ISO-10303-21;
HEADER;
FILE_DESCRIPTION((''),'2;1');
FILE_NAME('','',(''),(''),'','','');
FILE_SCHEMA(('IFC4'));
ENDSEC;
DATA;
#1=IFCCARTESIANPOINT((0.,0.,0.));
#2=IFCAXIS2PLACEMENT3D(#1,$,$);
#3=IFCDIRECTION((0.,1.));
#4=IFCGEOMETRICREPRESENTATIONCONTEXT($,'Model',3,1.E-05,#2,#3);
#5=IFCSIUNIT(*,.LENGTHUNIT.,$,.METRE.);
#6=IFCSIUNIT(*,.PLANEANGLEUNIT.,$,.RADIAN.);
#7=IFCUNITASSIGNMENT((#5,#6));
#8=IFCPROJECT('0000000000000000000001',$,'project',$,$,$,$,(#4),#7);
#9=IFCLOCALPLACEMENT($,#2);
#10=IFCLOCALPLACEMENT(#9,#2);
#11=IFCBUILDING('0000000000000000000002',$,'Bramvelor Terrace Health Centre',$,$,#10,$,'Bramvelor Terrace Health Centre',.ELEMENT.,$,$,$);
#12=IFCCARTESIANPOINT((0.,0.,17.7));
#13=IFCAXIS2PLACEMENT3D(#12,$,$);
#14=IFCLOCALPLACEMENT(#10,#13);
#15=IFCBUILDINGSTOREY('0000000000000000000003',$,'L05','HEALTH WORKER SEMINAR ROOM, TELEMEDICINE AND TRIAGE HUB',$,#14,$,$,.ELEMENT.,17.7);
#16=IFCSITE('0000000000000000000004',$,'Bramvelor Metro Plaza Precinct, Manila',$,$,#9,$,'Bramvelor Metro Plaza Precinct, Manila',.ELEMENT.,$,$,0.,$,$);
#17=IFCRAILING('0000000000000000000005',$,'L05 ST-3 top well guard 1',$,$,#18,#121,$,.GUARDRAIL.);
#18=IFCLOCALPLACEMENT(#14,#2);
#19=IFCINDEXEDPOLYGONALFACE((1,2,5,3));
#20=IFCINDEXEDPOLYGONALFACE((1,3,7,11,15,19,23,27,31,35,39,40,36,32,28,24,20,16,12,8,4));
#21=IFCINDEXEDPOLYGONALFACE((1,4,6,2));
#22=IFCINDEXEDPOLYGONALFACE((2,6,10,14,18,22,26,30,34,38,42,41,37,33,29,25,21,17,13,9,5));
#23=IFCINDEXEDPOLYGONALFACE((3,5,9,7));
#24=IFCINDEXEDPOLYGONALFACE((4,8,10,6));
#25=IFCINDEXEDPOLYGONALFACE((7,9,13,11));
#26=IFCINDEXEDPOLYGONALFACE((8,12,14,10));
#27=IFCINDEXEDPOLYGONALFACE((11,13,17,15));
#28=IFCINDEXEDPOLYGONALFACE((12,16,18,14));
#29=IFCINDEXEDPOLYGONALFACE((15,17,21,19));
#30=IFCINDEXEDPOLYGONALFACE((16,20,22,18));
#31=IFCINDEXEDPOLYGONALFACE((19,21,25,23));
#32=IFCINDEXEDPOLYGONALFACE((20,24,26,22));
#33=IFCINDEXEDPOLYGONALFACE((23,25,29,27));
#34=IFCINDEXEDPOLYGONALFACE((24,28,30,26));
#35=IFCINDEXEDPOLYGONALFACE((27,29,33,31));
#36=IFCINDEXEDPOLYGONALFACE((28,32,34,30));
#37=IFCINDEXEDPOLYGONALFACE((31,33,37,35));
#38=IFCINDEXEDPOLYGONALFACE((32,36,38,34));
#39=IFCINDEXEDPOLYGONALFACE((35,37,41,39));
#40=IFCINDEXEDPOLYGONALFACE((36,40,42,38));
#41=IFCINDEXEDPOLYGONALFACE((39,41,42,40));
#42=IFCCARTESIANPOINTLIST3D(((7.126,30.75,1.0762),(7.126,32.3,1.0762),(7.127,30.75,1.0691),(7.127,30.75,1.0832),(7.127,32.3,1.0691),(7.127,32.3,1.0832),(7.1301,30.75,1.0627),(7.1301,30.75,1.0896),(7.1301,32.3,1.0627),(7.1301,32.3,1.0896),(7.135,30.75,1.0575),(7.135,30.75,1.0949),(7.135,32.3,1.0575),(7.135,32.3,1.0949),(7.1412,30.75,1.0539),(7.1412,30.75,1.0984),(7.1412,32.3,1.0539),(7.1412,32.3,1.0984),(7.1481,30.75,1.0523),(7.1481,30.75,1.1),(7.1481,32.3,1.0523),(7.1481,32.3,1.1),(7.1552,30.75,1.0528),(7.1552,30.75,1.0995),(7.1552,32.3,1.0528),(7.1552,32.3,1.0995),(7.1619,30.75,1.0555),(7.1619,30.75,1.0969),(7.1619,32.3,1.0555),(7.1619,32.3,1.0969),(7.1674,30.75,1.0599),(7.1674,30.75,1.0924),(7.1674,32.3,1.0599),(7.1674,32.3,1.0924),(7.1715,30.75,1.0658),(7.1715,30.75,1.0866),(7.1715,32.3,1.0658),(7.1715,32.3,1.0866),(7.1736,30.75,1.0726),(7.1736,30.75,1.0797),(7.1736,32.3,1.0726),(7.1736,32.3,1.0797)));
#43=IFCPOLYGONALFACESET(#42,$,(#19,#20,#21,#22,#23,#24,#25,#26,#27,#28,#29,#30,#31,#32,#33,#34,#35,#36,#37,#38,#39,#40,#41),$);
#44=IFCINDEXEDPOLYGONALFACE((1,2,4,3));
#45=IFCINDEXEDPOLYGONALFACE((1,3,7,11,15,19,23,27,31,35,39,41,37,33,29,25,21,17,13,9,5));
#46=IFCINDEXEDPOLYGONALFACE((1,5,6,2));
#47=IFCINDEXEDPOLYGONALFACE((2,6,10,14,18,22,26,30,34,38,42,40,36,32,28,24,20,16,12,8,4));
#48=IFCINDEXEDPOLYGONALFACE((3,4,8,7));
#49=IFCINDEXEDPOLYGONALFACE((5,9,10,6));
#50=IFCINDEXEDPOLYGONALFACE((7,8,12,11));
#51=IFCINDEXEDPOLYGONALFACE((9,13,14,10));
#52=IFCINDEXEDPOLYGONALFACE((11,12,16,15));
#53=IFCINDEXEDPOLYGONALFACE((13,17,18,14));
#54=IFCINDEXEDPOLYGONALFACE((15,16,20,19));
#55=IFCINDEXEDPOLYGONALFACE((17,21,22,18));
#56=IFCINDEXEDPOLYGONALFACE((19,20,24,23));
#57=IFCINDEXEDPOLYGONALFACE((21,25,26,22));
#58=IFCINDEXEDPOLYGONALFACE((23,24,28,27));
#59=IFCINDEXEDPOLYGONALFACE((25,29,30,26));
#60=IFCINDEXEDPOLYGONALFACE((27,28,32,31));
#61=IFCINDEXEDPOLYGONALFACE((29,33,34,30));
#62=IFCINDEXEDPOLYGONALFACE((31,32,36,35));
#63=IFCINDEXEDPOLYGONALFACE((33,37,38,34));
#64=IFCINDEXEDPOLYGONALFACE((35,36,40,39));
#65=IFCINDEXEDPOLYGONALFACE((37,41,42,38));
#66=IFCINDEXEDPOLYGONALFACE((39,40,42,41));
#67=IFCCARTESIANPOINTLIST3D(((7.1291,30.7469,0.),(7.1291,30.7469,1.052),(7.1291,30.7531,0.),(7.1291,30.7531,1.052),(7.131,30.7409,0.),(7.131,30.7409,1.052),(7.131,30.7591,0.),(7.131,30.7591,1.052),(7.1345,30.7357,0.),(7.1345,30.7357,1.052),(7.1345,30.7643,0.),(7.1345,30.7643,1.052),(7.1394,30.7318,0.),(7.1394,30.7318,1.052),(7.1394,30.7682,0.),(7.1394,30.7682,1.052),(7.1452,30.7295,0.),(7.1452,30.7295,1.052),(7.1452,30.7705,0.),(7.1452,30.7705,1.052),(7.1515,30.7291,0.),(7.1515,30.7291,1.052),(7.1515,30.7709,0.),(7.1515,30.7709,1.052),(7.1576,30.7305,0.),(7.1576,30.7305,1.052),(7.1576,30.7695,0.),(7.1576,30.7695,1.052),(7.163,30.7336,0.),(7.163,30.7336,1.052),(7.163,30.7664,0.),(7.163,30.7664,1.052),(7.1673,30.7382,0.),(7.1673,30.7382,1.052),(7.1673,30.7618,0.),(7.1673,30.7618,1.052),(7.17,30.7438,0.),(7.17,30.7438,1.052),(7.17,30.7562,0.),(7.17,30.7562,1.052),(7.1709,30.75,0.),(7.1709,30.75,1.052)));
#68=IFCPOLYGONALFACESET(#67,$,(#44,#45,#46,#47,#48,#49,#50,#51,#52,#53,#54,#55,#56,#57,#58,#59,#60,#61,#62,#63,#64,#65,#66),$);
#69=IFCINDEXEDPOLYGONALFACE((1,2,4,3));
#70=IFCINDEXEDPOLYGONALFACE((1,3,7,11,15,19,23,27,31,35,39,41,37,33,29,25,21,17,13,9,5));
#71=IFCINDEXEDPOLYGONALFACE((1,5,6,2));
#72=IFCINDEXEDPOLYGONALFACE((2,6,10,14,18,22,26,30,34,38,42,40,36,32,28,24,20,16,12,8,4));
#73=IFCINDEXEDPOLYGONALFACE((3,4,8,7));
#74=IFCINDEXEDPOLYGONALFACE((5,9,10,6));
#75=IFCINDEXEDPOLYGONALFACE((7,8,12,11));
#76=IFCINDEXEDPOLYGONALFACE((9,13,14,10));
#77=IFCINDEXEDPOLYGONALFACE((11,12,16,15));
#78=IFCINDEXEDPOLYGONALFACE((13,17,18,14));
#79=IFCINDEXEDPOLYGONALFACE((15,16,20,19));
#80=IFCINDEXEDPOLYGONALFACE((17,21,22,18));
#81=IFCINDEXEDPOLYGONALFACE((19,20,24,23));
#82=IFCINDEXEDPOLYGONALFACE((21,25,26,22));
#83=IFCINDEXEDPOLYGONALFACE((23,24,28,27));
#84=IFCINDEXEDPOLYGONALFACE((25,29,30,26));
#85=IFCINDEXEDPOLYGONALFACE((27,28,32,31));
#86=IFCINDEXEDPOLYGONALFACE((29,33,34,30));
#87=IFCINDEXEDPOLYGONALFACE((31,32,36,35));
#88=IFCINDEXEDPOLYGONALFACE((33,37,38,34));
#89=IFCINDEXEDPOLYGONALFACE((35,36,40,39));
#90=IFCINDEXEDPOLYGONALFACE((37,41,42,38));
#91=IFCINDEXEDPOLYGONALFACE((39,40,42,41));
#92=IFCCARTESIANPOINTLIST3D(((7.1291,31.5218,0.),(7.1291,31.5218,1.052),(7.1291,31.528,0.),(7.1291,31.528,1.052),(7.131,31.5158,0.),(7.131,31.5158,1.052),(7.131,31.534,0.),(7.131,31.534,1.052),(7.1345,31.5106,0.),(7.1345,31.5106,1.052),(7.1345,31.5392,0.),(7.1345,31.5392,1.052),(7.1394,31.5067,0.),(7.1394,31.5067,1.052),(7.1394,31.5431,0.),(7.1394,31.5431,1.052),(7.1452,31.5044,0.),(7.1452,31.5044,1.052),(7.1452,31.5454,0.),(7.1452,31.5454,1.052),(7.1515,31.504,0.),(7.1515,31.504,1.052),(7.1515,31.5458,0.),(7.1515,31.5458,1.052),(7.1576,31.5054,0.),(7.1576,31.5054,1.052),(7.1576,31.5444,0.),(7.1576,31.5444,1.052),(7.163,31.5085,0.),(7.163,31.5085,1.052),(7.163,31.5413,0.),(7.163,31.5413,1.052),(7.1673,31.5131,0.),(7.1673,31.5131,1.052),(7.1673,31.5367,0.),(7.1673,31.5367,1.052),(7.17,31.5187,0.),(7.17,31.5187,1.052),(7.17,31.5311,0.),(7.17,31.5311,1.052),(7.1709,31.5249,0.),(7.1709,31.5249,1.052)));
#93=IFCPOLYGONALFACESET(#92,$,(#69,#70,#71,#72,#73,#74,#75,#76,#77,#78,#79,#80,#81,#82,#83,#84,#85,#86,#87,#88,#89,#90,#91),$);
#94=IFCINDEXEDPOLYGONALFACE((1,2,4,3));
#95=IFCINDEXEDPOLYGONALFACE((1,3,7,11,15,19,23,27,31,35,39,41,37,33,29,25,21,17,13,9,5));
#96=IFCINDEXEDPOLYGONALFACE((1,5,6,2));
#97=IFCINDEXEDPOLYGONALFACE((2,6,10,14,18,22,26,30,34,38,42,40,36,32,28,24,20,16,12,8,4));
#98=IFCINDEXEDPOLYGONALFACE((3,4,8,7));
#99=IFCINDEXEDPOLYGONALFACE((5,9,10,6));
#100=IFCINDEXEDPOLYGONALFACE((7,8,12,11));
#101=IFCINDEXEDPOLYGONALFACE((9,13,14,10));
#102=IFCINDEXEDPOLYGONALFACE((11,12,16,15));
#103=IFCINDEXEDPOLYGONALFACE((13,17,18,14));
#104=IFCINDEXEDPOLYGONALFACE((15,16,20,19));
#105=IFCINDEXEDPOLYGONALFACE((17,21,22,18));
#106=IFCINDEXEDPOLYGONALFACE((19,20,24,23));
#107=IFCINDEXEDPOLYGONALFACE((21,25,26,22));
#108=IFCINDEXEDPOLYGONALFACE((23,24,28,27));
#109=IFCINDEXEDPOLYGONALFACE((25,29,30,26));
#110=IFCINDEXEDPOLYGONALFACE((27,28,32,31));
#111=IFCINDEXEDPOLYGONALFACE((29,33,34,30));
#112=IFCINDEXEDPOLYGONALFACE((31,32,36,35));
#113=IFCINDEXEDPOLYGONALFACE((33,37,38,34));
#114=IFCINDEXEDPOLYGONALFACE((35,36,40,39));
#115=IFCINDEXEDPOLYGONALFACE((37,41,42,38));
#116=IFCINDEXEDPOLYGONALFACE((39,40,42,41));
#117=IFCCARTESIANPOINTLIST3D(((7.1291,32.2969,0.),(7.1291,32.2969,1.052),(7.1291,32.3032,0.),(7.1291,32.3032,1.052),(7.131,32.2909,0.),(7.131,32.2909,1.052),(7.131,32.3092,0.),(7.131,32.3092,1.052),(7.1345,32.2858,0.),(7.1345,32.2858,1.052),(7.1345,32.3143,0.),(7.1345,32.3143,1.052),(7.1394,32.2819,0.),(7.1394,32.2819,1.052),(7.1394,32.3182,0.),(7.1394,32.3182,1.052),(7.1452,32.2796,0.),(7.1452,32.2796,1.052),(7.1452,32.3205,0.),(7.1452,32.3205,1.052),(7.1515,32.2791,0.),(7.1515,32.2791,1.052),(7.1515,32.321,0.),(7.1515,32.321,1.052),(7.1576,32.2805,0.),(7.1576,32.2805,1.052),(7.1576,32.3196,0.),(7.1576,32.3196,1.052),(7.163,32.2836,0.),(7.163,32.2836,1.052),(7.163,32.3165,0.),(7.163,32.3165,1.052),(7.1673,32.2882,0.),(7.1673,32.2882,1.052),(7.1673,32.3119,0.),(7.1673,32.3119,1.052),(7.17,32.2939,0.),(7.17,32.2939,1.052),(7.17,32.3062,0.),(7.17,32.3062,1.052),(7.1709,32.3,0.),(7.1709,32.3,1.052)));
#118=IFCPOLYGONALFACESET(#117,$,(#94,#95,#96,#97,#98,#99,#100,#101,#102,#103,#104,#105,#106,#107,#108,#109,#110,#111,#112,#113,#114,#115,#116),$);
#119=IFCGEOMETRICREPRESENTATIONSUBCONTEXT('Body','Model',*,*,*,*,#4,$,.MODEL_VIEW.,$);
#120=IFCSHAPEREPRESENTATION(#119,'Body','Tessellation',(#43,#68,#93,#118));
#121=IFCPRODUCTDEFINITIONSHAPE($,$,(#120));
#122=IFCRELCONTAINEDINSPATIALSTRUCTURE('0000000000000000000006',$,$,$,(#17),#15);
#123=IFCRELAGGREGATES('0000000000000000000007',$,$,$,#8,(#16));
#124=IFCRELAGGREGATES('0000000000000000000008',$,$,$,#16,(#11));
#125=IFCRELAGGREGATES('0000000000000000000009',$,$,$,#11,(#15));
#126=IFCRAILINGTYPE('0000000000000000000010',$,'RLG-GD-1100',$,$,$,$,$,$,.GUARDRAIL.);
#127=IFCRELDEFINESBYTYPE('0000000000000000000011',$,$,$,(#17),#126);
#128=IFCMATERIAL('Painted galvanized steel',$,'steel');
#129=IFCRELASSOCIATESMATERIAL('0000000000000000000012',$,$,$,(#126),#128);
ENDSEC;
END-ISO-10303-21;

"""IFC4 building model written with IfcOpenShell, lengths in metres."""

from ifc_helpers import new_model, si_unit, direction, frame, origin, origin_2d, place, context, subcontext, project, spatial, circle, extrude, material, type_object, element, save


model = new_model("IFC4")

# Units and contexts
model_context = context("Model", 3, precision=1e-05, world=origin(), true_north=direction((0.0, 1.0)))
body_context = subcontext(model_context, "Body", "Model", "MODEL_VIEW")
ifc_project = project(units=[si_unit("LENGTHUNIT", "METRE"), si_unit("PLANEANGLEUNIT", "RADIAN")], contexts=[model_context])

# Site, building, storey
site_placement = place(None, origin())
site = spatial("IfcSite", under=ifc_project, at=site_placement, Name="Bramvelor Metro Plaza Precinct, Manila", LongName="Bramvelor Metro Plaza Precinct, Manila", CompositionType="ELEMENT", RefElevation=0.0)
building_placement = place(site_placement, origin())
building = spatial("IfcBuilding", under=site, at=building_placement, Name="Bramvelor Terrace Health Centre", LongName="Bramvelor Terrace Health Centre", CompositionType="ELEMENT")
storey_placement = place(building_placement, frame((0.0, 0.0, 17.7)))
storey = spatial("IfcBuildingStorey", under=building, at=storey_placement, Name="L05", Description="HEALTH WORKER SEMINAR ROOM, TELEMEDICINE AND TRIAGE HUB", CompositionType="ELEMENT", Elevation=17.7)

# Railing
ifc_material_1 = material(Name="Painted galvanized steel", Category="steel")
railing_type = type_object("IfcRailingType", Name="RLG-GD-1100", PredefinedType="GUARDRAIL", material=ifc_material_1)
railing_placement = place(storey_placement, frame((7.1499, 30.75, 0.0)))
element("IfcRailing", 1, at=railing_placement, inside=storey, type_object=railing_type, Name="L05 ST-3 top well guard 1", PredefinedType="GUARDRAIL", context=body_context, shape_type="SweptSolid", body=[
    extrude(circle(Radius=0.0239, at=origin_2d()), frame((0.0, 0.0, 1.0762), z_axis=(0.0, 1.0, 0.0), x_axis=(-1.0, 0.0, 0.0)), (0.0, 0.0, 1.0), 1.55),
    extrude(circle(Radius=0.021, at=origin_2d()), origin(), (0.0, 0.0, 1.0), 1.052),
    extrude(circle(Radius=0.021, at=origin_2d()), frame((0.0, 0.7749, 0.0)), (0.0, 0.0, 1.0), 1.052),
    extrude(circle(Radius=0.021, at=origin_2d()), frame((0.0, 1.55, 0.0)), (0.0, 0.0, 1.0), 1.052),
])

save(model, "model.ifc")
